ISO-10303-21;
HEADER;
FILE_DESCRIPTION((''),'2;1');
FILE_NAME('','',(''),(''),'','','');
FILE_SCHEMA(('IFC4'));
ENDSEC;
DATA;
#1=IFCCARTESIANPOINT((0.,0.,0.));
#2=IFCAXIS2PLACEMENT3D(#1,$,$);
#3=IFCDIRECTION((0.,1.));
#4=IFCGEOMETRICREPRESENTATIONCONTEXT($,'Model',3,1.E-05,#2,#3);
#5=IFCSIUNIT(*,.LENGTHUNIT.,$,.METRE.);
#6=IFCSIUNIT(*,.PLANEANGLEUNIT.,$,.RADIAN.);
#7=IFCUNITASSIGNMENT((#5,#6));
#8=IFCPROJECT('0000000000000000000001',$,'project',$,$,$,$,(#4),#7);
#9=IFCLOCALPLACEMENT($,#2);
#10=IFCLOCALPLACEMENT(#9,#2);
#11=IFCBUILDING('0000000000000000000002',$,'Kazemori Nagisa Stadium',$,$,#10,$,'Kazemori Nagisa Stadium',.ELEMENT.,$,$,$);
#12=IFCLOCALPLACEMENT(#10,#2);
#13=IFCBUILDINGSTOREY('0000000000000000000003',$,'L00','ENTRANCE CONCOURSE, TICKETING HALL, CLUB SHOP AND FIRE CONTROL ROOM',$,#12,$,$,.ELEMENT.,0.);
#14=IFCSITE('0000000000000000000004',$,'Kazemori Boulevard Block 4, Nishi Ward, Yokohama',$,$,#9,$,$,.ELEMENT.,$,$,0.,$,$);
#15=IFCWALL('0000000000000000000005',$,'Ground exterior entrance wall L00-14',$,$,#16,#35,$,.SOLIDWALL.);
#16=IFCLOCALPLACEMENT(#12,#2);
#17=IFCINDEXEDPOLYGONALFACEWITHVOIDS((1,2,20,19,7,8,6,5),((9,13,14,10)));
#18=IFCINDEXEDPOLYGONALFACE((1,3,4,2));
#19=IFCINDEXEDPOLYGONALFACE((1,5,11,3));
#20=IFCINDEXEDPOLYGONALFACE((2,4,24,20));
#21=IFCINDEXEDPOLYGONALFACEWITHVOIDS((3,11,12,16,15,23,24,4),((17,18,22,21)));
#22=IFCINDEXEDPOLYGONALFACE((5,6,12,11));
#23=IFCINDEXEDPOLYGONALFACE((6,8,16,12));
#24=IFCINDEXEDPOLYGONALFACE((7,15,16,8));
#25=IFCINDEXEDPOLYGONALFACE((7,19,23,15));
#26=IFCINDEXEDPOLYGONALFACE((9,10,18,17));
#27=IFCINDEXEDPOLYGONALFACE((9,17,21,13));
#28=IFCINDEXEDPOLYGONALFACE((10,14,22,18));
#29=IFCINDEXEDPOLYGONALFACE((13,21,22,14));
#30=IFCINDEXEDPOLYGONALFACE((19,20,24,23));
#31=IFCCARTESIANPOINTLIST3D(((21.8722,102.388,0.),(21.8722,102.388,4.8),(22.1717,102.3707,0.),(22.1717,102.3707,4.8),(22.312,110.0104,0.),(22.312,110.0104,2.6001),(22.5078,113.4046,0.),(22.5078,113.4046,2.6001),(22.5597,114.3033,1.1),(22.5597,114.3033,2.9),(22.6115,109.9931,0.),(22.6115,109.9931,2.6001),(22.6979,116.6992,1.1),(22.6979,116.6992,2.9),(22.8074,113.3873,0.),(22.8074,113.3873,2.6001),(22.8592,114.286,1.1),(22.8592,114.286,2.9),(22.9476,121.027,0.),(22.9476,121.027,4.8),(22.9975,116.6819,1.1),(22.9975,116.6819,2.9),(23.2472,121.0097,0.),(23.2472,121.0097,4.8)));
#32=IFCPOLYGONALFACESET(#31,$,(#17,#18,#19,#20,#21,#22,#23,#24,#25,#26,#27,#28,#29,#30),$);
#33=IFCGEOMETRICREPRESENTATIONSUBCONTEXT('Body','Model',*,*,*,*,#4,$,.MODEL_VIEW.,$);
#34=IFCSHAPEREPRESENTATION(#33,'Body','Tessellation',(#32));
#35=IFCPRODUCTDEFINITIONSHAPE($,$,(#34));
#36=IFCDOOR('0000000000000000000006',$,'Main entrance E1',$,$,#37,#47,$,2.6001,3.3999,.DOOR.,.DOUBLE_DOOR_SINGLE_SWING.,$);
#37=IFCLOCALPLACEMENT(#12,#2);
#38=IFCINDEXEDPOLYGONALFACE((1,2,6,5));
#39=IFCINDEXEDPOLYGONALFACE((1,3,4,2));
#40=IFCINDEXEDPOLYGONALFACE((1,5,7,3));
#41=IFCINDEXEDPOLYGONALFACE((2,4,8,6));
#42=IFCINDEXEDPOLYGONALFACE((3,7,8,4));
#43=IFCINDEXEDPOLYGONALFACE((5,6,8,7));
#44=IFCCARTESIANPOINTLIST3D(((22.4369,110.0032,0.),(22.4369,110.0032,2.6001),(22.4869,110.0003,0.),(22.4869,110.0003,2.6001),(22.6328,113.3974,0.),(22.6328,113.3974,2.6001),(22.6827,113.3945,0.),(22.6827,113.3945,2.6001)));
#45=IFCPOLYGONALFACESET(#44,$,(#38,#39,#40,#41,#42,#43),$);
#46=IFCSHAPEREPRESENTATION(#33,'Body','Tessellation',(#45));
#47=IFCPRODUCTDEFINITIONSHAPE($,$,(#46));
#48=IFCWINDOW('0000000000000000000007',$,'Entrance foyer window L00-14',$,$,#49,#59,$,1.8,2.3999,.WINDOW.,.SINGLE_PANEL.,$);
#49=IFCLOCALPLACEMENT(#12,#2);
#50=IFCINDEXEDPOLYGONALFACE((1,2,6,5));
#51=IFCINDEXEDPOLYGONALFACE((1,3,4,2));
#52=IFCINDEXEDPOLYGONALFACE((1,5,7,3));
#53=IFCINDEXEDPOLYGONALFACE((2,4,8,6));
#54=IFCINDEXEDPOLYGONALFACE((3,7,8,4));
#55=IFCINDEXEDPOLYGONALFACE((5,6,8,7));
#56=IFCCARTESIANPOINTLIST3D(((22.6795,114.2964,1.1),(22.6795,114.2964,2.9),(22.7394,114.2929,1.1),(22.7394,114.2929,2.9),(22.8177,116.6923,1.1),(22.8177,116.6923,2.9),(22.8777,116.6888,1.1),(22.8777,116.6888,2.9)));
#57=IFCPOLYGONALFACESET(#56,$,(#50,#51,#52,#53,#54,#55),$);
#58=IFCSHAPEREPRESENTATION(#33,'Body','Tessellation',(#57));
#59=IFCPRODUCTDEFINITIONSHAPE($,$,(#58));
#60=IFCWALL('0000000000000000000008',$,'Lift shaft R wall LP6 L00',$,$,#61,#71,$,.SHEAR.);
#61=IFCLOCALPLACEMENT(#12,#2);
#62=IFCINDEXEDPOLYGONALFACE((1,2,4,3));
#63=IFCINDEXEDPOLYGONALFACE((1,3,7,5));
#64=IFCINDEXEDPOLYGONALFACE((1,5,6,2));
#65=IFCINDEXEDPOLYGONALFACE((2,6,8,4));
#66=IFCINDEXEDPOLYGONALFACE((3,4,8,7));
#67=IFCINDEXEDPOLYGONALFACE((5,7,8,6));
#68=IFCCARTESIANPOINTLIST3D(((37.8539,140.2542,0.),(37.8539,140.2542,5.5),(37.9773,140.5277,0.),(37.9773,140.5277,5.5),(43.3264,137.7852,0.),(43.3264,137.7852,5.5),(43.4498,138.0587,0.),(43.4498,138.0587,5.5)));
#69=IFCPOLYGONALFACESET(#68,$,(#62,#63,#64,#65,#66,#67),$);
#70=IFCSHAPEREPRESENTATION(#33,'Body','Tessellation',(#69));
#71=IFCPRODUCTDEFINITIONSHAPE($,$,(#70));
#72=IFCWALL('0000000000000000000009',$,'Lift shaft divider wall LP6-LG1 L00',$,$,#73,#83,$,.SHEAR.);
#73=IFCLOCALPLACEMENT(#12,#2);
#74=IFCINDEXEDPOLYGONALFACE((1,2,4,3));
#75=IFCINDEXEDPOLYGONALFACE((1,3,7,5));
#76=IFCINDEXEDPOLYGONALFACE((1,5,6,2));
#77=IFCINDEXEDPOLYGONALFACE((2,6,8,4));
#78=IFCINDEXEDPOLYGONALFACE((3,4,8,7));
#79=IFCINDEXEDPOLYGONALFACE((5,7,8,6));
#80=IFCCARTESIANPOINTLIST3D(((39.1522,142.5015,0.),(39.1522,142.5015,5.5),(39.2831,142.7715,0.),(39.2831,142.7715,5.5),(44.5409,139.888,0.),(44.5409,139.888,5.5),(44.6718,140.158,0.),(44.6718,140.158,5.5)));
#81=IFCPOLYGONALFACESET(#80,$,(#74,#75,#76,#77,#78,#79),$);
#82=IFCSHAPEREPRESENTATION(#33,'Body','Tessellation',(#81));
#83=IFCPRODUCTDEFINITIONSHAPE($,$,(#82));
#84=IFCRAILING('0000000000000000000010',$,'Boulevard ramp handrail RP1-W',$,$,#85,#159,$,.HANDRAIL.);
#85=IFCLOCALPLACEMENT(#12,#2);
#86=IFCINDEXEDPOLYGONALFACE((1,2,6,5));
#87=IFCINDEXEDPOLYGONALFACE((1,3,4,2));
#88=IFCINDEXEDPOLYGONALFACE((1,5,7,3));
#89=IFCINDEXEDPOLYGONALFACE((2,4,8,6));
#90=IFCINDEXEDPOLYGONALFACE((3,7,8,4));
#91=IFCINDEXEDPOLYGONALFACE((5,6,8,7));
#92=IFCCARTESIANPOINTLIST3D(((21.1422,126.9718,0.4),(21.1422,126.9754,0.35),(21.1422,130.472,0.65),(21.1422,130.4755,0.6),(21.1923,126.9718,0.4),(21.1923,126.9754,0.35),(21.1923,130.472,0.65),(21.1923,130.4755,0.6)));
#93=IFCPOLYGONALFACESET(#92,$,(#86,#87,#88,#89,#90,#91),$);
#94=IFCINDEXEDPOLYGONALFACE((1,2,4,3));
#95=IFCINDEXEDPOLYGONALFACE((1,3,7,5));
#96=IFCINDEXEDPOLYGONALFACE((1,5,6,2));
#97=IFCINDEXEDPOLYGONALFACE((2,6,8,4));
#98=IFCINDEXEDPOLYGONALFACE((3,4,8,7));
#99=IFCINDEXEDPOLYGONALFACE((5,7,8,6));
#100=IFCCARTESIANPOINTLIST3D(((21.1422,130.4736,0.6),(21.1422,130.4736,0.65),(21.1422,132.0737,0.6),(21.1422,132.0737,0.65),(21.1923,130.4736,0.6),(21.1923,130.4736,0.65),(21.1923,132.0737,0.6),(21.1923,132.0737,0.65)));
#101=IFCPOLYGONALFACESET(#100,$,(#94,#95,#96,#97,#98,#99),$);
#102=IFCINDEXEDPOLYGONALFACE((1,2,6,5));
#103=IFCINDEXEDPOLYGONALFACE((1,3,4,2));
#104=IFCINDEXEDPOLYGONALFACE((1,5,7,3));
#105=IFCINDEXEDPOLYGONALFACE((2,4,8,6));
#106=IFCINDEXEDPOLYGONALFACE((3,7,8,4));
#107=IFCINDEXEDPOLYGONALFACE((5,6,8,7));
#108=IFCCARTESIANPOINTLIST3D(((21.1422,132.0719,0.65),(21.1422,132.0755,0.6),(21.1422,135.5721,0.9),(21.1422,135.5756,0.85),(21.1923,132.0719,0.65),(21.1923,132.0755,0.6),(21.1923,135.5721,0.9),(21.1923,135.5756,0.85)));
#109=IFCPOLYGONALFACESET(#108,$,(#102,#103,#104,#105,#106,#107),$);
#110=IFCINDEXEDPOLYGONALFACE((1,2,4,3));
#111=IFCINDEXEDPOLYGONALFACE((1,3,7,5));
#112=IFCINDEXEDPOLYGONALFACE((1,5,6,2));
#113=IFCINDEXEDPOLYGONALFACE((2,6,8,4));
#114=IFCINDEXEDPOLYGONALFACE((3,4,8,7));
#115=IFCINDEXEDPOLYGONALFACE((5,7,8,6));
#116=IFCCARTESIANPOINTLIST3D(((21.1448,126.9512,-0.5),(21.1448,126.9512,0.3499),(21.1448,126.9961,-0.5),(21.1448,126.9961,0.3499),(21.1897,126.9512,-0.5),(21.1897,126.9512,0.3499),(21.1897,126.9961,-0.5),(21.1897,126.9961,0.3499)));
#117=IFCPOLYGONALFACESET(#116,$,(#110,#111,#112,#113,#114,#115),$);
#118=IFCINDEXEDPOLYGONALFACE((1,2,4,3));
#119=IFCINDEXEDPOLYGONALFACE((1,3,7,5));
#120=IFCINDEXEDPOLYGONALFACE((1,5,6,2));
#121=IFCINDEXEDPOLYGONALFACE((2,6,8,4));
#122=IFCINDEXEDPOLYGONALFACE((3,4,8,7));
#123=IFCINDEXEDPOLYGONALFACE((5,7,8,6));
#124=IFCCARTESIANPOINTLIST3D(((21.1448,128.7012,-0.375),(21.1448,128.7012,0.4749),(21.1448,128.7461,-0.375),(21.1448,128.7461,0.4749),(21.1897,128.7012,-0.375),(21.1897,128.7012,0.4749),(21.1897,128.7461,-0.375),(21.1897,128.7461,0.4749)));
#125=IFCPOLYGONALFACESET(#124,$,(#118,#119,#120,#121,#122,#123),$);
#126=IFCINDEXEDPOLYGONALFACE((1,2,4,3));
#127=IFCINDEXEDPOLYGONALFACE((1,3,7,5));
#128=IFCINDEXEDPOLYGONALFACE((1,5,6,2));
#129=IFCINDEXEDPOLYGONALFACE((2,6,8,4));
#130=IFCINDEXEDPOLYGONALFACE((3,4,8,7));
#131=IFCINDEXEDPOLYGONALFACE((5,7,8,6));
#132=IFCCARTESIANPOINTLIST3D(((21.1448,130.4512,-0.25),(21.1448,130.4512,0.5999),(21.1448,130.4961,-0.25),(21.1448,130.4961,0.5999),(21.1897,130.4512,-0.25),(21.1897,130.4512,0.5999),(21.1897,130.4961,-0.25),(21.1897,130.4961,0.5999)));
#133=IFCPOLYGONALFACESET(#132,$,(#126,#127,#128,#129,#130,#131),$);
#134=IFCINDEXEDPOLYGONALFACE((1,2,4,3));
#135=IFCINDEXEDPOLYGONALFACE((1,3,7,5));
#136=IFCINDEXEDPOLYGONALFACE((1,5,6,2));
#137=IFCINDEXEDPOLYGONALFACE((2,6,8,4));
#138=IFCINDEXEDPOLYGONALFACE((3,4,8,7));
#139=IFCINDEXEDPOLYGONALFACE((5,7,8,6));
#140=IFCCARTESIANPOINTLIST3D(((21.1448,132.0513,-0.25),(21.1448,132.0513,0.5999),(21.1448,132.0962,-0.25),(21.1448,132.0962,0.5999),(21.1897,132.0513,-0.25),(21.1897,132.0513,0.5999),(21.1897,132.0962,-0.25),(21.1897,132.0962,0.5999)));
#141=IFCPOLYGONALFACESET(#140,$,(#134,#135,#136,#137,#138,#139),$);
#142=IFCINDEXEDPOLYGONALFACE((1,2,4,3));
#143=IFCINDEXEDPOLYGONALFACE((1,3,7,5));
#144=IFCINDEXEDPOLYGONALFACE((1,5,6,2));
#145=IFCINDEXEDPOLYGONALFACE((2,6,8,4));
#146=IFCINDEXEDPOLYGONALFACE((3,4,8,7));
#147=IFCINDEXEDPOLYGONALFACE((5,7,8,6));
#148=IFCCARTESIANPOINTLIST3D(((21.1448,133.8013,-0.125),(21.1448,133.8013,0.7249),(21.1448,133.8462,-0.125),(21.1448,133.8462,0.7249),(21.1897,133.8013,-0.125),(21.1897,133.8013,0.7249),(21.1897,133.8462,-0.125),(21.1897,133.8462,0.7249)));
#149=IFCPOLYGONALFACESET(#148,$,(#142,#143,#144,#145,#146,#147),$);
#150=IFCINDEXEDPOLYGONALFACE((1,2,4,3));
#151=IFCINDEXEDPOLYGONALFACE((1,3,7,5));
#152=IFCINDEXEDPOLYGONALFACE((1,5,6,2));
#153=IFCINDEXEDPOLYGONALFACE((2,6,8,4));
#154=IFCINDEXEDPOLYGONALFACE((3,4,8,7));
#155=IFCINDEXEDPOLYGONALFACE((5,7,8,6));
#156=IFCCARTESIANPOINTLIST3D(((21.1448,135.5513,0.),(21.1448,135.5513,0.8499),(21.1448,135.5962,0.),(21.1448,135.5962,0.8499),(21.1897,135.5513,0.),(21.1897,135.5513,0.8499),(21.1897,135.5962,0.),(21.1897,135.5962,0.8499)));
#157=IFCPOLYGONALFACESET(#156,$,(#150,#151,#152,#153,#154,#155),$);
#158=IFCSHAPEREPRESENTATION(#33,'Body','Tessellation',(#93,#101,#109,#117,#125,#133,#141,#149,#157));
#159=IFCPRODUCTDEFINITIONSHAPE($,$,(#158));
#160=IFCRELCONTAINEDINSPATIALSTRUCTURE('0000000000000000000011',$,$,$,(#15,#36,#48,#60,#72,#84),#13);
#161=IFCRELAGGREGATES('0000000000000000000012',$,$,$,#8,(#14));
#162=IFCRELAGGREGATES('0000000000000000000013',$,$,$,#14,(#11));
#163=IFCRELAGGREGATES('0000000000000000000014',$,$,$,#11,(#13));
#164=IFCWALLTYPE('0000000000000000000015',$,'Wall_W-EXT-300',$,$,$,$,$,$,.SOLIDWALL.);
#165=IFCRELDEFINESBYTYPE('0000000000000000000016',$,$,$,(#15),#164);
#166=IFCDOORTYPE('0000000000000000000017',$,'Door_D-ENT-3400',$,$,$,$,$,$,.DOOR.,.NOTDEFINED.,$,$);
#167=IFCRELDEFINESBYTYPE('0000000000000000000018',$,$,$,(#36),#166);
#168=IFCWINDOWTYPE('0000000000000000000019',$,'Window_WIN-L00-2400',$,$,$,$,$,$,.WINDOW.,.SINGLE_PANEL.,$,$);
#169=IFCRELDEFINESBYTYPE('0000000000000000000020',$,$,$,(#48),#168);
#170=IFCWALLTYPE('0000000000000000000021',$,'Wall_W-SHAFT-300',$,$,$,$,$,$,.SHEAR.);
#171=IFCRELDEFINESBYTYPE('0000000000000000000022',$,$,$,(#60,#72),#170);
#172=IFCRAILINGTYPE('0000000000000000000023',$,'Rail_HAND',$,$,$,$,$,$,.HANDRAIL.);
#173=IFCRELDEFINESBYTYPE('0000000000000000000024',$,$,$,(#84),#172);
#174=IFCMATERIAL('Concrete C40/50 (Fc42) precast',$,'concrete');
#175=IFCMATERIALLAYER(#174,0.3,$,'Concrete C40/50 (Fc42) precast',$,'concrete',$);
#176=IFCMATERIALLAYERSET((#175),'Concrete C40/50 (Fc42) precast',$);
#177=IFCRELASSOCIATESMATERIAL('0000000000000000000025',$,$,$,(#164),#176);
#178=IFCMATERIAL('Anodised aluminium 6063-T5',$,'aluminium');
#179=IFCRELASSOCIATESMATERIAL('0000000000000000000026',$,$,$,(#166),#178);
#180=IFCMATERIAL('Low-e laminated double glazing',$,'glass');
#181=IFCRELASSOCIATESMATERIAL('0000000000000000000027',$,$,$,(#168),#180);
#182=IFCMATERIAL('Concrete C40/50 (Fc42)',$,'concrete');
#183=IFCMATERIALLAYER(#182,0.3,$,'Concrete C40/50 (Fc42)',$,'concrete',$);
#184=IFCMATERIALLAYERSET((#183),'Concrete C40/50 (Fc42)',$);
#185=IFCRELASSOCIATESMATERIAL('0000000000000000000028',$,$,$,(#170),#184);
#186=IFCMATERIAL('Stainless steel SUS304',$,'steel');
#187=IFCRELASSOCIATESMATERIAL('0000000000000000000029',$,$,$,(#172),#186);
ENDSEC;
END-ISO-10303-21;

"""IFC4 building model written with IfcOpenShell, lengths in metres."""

from ifc_helpers import new_model, si_unit, direction, frame, frame_2d, origin, origin_2d, place, context, subcontext, project, spatial, rectangle, extrude, material, layer, layer_set, type_object, element, fill, save


model = new_model("IFC4")

# Units and contexts
model_context = context("Model", 3, precision=1e-05, world=origin(), true_north=direction((0.0, 1.0)))
body_context = subcontext(model_context, "Body", "Model", "MODEL_VIEW")
ifc_project = project(units=[si_unit("LENGTHUNIT", "METRE"), si_unit("PLANEANGLEUNIT", "RADIAN")], contexts=[model_context])

# Site, building, storey
site_placement = place(None, origin())
site = spatial("IfcSite", under=ifc_project, at=site_placement, Name="Kazemori Boulevard Block 4, Nishi Ward, Yokohama", CompositionType="ELEMENT", RefElevation=0.0)
building_placement = place(site_placement, origin())
building = spatial("IfcBuilding", under=site, at=building_placement, Name="Kazemori Nagisa Stadium", LongName="Kazemori Nagisa Stadium", CompositionType="ELEMENT")
storey_placement = place(building_placement, origin())
storey = spatial("IfcBuildingStorey", under=building, at=storey_placement, Name="L00", Description="ENTRANCE CONCOURSE, TICKETING HALL, CLUB SHOP AND FIRE CONTROL ROOM", CompositionType="ELEMENT", Elevation=0.0)

# Shared definitions
ifc_material_1 = material(Name="Concrete C40/50 (Fc42)", Category="concrete")

# Shared definitions
ifc_material_2 = material(Name="Concrete C40/50 (Fc42) precast", Category="concrete")
ifc_layer_1 = layer(ifc_material_2, 0.3, Name="Concrete C40/50 (Fc42) precast", Category="concrete")
ifc_layer_set_1 = layer_set([ifc_layer_1], Name="Concrete C40/50 (Fc42) precast")
wall_type_1 = type_object("IfcWallType", Name="Wall_W-EXT-300", PredefinedType="SOLIDWALL", material=ifc_layer_set_1)

# Wall, openings, door, window
ifc_material_3 = material(Name="Anodised aluminium 6063-T5", Category="aluminium")
door_type = type_object("IfcDoorType", Name="Door_D-ENT-3400", OperationType="NOTDEFINED", PredefinedType="DOOR", material=ifc_material_3)
ifc_material_4 = material(Name="Low-e laminated double glazing", Category="glass")
window_type = type_object("IfcWindowType", Name="Window_WIN-L00-2400", PartitioningType="SINGLE_PANEL", PredefinedType="WINDOW", material=ifc_material_4)
wall_1_placement = place(storey_placement, frame((23.0974, 121.0183, 0.0), z_axis=(0.0, 0.0, 1.0), x_axis=(-0.057603, -0.99834, 0.0)))
wall_1 = element("IfcWall", 1, at=wall_1_placement, inside=storey, type_object=wall_type_1, Name="Ground exterior entrance wall L00-14", PredefinedType="SOLIDWALL", context=body_context, shape_type="SweptSolid", body=[
    extrude(rectangle(XDim=18.6699, YDim=0.3, at=frame_2d((9.335, 0.0))), origin(), (0.0, 0.0, 1.0), 4.8),
])
opening_1_placement = place(wall_1_placement, frame((7.635, 0.0, 0.0)))
opening_1 = element("IfcOpeningElement", 2, at=opening_1_placement, cuts=wall_1, PredefinedType="OPENING", context=body_context, shape_type="SweptSolid", body=[
    extrude(rectangle(XDim=3.3999, YDim=2.6001, at=frame_2d((1.7, 1.3))), frame((0.0, 0.1599, 0.0), z_axis=(0.0, -1.0, 0.0), x_axis=(1.0, 0.0, 0.0)), (0.0, 0.0, 1.0), 0.3201),
])
opening_2_placement = place(wall_1_placement, frame((4.335, 0.0, 1.1001)))
opening_2 = element("IfcOpeningElement", 3, at=opening_2_placement, cuts=wall_1, PredefinedType="OPENING", context=body_context, shape_type="SweptSolid", body=[
    extrude(rectangle(XDim=2.3999, YDim=1.8, at=frame_2d((1.2, 0.8999))), frame((0.0, 0.1599, 0.0), z_axis=(0.0, -1.0, 0.0), x_axis=(1.0, 0.0, 0.0)), (0.0, 0.0, 1.0), 0.3201),
])
door_1_placement = place(opening_1_placement, frame((3.3999, 0.0, 0.0), z_axis=(0.0, 0.0, 1.0), x_axis=(-1.0, 0.0, 0.0)))
door_1 = element("IfcDoor", 4, at=door_1_placement, inside=storey, type_object=door_type, Name="Main entrance E1", OperationType="DOUBLE_DOOR_SINGLE_SWING", OverallHeight=2.6001, OverallWidth=3.3999, PredefinedType="DOOR", context=body_context, shape_type="SweptSolid", body=[
    extrude(rectangle(XDim=3.3999, YDim=2.6001, at=frame_2d((1.7, 1.3))), frame((0.0, 0.0249, 0.0), z_axis=(0.0, -1.0, 0.0), x_axis=(1.0, 0.0, 0.0)), (0.0, 0.0, 1.0), 0.05),
])
fill(opening_1, door_1)
window_1_placement = place(opening_2_placement, origin())
window_1 = element("IfcWindow", 5, at=window_1_placement, inside=storey, type_object=window_type, Name="Entrance foyer window L00-14", OverallHeight=1.8, OverallWidth=2.3999, PartitioningType="SINGLE_PANEL", PredefinedType="WINDOW", context=body_context, shape_type="SweptSolid", body=[
    extrude(rectangle(XDim=2.3999, YDim=1.8, at=frame_2d((1.2, 0.8999))), frame((0.0, 0.03, 0.0), z_axis=(0.0, -1.0, 0.0), x_axis=(1.0, 0.0, 0.0)), (0.0, 0.0, 1.0), 0.0601),
])
fill(opening_2, window_1)

# Walls
ifc_layer_2 = layer(ifc_material_1, 0.3, Name="Concrete C40/50 (Fc42)", Category="concrete")
ifc_layer_set_2 = layer_set([ifc_layer_2], Name="Concrete C40/50 (Fc42)")
wall_type_2 = type_object("IfcWallType", Name="Wall_W-SHAFT-300", PredefinedType="SHEAR", material=ifc_layer_set_2)
wall_2_placement = place(storey_placement, frame((43.3882, 137.9219, 0.0), z_axis=(0.0, 0.0, 1.0), x_axis=(-0.911522, 0.411252, 0.0)))
element("IfcWall", 6, at=wall_2_placement, inside=storey, type_object=wall_type_2, Name="Lift shaft R wall LP6 L00", PredefinedType="SHEAR", context=body_context, shape_type="SweptSolid", body=[
    extrude(rectangle(XDim=6.0037, YDim=0.3, at=frame_2d((3.002, 0.0))), origin(), (0.0, 0.0, 1.0), 5.5),
])
wall_3_placement = place(storey_placement, frame((44.6064, 140.0229, 0.0), z_axis=(0.0, 0.0, 1.0), x_axis=(-0.899759, 0.436387, 0.0)))
element("IfcWall", 7, at=wall_3_placement, inside=storey, type_object=wall_type_2, Name="Lift shaft divider wall LP6-LG1 L00", PredefinedType="SHEAR", context=body_context, shape_type="SweptSolid", body=[
    extrude(rectangle(XDim=5.989, YDim=0.3, at=frame_2d((2.9946, 0.0))), origin(), (0.0, 0.0, 1.0), 5.5),
])

# Railing
ifc_material_5 = material(Name="Stainless steel SUS304", Category="steel")
railing_type = type_object("IfcRailingType", Name="Rail_HAND", PredefinedType="HANDRAIL", material=ifc_material_5)
for number, where, name in (
    (8, (21.1672, 126.9736, -0.5), "Boulevard ramp handrail RP1-W"),
):
    element("IfcRailing", number, at=place(storey_placement, frame(where)), inside=storey, type_object=railing_type, Name=name, PredefinedType="HANDRAIL", context=body_context, shape_type="SweptSolid", body=[
        extrude(rectangle(XDim=0.05, YDim=0.05, at=origin_2d()), frame((0.0, 0.0, 0.875), z_axis=(0.0, 0.997459, 0.071247), x_axis=(-1.0, 0.0, 0.0)), (0.0, 0.0, 1.0), 3.509),
        extrude(rectangle(XDim=0.05, YDim=0.05, at=origin_2d()), frame((0.0, 3.5, 1.125), z_axis=(0.0, 1.0, 0.0), x_axis=(-1.0, 0.0, 0.0)), (0.0, 0.0, 1.0), 1.6001),
        extrude(rectangle(XDim=0.05, YDim=0.05, at=origin_2d()), frame((0.0, 5.1001, 1.125), z_axis=(0.0, 0.997459, 0.071247), x_axis=(-1.0, 0.0, 0.0)), (0.0, 0.0, 1.0), 3.509),
        extrude(rectangle(XDim=0.0449, YDim=0.0449, at=origin_2d()), origin(), (0.0, 0.0, 1.0), 0.8499),
        extrude(rectangle(XDim=0.0449, YDim=0.0449, at=origin_2d()), frame((0.0, 1.75, 0.125)), (0.0, 0.0, 1.0), 0.8499),
        extrude(rectangle(XDim=0.0449, YDim=0.0449, at=origin_2d()), frame((0.0, 3.5, 0.25)), (0.0, 0.0, 1.0), 0.8499),
        extrude(rectangle(XDim=0.0449, YDim=0.0449, at=origin_2d()), frame((0.0, 5.1001, 0.25)), (0.0, 0.0, 1.0), 0.8499),
        extrude(rectangle(XDim=0.0449, YDim=0.0449, at=origin_2d()), frame((0.0, 6.8501, 0.375)), (0.0, 0.0, 1.0), 0.8499),
        extrude(rectangle(XDim=0.0449, YDim=0.0449, at=origin_2d()), frame((0.0, 8.6001, 0.5)), (0.0, 0.0, 1.0), 0.8499),
    ])

save(model, "model.ifc")
